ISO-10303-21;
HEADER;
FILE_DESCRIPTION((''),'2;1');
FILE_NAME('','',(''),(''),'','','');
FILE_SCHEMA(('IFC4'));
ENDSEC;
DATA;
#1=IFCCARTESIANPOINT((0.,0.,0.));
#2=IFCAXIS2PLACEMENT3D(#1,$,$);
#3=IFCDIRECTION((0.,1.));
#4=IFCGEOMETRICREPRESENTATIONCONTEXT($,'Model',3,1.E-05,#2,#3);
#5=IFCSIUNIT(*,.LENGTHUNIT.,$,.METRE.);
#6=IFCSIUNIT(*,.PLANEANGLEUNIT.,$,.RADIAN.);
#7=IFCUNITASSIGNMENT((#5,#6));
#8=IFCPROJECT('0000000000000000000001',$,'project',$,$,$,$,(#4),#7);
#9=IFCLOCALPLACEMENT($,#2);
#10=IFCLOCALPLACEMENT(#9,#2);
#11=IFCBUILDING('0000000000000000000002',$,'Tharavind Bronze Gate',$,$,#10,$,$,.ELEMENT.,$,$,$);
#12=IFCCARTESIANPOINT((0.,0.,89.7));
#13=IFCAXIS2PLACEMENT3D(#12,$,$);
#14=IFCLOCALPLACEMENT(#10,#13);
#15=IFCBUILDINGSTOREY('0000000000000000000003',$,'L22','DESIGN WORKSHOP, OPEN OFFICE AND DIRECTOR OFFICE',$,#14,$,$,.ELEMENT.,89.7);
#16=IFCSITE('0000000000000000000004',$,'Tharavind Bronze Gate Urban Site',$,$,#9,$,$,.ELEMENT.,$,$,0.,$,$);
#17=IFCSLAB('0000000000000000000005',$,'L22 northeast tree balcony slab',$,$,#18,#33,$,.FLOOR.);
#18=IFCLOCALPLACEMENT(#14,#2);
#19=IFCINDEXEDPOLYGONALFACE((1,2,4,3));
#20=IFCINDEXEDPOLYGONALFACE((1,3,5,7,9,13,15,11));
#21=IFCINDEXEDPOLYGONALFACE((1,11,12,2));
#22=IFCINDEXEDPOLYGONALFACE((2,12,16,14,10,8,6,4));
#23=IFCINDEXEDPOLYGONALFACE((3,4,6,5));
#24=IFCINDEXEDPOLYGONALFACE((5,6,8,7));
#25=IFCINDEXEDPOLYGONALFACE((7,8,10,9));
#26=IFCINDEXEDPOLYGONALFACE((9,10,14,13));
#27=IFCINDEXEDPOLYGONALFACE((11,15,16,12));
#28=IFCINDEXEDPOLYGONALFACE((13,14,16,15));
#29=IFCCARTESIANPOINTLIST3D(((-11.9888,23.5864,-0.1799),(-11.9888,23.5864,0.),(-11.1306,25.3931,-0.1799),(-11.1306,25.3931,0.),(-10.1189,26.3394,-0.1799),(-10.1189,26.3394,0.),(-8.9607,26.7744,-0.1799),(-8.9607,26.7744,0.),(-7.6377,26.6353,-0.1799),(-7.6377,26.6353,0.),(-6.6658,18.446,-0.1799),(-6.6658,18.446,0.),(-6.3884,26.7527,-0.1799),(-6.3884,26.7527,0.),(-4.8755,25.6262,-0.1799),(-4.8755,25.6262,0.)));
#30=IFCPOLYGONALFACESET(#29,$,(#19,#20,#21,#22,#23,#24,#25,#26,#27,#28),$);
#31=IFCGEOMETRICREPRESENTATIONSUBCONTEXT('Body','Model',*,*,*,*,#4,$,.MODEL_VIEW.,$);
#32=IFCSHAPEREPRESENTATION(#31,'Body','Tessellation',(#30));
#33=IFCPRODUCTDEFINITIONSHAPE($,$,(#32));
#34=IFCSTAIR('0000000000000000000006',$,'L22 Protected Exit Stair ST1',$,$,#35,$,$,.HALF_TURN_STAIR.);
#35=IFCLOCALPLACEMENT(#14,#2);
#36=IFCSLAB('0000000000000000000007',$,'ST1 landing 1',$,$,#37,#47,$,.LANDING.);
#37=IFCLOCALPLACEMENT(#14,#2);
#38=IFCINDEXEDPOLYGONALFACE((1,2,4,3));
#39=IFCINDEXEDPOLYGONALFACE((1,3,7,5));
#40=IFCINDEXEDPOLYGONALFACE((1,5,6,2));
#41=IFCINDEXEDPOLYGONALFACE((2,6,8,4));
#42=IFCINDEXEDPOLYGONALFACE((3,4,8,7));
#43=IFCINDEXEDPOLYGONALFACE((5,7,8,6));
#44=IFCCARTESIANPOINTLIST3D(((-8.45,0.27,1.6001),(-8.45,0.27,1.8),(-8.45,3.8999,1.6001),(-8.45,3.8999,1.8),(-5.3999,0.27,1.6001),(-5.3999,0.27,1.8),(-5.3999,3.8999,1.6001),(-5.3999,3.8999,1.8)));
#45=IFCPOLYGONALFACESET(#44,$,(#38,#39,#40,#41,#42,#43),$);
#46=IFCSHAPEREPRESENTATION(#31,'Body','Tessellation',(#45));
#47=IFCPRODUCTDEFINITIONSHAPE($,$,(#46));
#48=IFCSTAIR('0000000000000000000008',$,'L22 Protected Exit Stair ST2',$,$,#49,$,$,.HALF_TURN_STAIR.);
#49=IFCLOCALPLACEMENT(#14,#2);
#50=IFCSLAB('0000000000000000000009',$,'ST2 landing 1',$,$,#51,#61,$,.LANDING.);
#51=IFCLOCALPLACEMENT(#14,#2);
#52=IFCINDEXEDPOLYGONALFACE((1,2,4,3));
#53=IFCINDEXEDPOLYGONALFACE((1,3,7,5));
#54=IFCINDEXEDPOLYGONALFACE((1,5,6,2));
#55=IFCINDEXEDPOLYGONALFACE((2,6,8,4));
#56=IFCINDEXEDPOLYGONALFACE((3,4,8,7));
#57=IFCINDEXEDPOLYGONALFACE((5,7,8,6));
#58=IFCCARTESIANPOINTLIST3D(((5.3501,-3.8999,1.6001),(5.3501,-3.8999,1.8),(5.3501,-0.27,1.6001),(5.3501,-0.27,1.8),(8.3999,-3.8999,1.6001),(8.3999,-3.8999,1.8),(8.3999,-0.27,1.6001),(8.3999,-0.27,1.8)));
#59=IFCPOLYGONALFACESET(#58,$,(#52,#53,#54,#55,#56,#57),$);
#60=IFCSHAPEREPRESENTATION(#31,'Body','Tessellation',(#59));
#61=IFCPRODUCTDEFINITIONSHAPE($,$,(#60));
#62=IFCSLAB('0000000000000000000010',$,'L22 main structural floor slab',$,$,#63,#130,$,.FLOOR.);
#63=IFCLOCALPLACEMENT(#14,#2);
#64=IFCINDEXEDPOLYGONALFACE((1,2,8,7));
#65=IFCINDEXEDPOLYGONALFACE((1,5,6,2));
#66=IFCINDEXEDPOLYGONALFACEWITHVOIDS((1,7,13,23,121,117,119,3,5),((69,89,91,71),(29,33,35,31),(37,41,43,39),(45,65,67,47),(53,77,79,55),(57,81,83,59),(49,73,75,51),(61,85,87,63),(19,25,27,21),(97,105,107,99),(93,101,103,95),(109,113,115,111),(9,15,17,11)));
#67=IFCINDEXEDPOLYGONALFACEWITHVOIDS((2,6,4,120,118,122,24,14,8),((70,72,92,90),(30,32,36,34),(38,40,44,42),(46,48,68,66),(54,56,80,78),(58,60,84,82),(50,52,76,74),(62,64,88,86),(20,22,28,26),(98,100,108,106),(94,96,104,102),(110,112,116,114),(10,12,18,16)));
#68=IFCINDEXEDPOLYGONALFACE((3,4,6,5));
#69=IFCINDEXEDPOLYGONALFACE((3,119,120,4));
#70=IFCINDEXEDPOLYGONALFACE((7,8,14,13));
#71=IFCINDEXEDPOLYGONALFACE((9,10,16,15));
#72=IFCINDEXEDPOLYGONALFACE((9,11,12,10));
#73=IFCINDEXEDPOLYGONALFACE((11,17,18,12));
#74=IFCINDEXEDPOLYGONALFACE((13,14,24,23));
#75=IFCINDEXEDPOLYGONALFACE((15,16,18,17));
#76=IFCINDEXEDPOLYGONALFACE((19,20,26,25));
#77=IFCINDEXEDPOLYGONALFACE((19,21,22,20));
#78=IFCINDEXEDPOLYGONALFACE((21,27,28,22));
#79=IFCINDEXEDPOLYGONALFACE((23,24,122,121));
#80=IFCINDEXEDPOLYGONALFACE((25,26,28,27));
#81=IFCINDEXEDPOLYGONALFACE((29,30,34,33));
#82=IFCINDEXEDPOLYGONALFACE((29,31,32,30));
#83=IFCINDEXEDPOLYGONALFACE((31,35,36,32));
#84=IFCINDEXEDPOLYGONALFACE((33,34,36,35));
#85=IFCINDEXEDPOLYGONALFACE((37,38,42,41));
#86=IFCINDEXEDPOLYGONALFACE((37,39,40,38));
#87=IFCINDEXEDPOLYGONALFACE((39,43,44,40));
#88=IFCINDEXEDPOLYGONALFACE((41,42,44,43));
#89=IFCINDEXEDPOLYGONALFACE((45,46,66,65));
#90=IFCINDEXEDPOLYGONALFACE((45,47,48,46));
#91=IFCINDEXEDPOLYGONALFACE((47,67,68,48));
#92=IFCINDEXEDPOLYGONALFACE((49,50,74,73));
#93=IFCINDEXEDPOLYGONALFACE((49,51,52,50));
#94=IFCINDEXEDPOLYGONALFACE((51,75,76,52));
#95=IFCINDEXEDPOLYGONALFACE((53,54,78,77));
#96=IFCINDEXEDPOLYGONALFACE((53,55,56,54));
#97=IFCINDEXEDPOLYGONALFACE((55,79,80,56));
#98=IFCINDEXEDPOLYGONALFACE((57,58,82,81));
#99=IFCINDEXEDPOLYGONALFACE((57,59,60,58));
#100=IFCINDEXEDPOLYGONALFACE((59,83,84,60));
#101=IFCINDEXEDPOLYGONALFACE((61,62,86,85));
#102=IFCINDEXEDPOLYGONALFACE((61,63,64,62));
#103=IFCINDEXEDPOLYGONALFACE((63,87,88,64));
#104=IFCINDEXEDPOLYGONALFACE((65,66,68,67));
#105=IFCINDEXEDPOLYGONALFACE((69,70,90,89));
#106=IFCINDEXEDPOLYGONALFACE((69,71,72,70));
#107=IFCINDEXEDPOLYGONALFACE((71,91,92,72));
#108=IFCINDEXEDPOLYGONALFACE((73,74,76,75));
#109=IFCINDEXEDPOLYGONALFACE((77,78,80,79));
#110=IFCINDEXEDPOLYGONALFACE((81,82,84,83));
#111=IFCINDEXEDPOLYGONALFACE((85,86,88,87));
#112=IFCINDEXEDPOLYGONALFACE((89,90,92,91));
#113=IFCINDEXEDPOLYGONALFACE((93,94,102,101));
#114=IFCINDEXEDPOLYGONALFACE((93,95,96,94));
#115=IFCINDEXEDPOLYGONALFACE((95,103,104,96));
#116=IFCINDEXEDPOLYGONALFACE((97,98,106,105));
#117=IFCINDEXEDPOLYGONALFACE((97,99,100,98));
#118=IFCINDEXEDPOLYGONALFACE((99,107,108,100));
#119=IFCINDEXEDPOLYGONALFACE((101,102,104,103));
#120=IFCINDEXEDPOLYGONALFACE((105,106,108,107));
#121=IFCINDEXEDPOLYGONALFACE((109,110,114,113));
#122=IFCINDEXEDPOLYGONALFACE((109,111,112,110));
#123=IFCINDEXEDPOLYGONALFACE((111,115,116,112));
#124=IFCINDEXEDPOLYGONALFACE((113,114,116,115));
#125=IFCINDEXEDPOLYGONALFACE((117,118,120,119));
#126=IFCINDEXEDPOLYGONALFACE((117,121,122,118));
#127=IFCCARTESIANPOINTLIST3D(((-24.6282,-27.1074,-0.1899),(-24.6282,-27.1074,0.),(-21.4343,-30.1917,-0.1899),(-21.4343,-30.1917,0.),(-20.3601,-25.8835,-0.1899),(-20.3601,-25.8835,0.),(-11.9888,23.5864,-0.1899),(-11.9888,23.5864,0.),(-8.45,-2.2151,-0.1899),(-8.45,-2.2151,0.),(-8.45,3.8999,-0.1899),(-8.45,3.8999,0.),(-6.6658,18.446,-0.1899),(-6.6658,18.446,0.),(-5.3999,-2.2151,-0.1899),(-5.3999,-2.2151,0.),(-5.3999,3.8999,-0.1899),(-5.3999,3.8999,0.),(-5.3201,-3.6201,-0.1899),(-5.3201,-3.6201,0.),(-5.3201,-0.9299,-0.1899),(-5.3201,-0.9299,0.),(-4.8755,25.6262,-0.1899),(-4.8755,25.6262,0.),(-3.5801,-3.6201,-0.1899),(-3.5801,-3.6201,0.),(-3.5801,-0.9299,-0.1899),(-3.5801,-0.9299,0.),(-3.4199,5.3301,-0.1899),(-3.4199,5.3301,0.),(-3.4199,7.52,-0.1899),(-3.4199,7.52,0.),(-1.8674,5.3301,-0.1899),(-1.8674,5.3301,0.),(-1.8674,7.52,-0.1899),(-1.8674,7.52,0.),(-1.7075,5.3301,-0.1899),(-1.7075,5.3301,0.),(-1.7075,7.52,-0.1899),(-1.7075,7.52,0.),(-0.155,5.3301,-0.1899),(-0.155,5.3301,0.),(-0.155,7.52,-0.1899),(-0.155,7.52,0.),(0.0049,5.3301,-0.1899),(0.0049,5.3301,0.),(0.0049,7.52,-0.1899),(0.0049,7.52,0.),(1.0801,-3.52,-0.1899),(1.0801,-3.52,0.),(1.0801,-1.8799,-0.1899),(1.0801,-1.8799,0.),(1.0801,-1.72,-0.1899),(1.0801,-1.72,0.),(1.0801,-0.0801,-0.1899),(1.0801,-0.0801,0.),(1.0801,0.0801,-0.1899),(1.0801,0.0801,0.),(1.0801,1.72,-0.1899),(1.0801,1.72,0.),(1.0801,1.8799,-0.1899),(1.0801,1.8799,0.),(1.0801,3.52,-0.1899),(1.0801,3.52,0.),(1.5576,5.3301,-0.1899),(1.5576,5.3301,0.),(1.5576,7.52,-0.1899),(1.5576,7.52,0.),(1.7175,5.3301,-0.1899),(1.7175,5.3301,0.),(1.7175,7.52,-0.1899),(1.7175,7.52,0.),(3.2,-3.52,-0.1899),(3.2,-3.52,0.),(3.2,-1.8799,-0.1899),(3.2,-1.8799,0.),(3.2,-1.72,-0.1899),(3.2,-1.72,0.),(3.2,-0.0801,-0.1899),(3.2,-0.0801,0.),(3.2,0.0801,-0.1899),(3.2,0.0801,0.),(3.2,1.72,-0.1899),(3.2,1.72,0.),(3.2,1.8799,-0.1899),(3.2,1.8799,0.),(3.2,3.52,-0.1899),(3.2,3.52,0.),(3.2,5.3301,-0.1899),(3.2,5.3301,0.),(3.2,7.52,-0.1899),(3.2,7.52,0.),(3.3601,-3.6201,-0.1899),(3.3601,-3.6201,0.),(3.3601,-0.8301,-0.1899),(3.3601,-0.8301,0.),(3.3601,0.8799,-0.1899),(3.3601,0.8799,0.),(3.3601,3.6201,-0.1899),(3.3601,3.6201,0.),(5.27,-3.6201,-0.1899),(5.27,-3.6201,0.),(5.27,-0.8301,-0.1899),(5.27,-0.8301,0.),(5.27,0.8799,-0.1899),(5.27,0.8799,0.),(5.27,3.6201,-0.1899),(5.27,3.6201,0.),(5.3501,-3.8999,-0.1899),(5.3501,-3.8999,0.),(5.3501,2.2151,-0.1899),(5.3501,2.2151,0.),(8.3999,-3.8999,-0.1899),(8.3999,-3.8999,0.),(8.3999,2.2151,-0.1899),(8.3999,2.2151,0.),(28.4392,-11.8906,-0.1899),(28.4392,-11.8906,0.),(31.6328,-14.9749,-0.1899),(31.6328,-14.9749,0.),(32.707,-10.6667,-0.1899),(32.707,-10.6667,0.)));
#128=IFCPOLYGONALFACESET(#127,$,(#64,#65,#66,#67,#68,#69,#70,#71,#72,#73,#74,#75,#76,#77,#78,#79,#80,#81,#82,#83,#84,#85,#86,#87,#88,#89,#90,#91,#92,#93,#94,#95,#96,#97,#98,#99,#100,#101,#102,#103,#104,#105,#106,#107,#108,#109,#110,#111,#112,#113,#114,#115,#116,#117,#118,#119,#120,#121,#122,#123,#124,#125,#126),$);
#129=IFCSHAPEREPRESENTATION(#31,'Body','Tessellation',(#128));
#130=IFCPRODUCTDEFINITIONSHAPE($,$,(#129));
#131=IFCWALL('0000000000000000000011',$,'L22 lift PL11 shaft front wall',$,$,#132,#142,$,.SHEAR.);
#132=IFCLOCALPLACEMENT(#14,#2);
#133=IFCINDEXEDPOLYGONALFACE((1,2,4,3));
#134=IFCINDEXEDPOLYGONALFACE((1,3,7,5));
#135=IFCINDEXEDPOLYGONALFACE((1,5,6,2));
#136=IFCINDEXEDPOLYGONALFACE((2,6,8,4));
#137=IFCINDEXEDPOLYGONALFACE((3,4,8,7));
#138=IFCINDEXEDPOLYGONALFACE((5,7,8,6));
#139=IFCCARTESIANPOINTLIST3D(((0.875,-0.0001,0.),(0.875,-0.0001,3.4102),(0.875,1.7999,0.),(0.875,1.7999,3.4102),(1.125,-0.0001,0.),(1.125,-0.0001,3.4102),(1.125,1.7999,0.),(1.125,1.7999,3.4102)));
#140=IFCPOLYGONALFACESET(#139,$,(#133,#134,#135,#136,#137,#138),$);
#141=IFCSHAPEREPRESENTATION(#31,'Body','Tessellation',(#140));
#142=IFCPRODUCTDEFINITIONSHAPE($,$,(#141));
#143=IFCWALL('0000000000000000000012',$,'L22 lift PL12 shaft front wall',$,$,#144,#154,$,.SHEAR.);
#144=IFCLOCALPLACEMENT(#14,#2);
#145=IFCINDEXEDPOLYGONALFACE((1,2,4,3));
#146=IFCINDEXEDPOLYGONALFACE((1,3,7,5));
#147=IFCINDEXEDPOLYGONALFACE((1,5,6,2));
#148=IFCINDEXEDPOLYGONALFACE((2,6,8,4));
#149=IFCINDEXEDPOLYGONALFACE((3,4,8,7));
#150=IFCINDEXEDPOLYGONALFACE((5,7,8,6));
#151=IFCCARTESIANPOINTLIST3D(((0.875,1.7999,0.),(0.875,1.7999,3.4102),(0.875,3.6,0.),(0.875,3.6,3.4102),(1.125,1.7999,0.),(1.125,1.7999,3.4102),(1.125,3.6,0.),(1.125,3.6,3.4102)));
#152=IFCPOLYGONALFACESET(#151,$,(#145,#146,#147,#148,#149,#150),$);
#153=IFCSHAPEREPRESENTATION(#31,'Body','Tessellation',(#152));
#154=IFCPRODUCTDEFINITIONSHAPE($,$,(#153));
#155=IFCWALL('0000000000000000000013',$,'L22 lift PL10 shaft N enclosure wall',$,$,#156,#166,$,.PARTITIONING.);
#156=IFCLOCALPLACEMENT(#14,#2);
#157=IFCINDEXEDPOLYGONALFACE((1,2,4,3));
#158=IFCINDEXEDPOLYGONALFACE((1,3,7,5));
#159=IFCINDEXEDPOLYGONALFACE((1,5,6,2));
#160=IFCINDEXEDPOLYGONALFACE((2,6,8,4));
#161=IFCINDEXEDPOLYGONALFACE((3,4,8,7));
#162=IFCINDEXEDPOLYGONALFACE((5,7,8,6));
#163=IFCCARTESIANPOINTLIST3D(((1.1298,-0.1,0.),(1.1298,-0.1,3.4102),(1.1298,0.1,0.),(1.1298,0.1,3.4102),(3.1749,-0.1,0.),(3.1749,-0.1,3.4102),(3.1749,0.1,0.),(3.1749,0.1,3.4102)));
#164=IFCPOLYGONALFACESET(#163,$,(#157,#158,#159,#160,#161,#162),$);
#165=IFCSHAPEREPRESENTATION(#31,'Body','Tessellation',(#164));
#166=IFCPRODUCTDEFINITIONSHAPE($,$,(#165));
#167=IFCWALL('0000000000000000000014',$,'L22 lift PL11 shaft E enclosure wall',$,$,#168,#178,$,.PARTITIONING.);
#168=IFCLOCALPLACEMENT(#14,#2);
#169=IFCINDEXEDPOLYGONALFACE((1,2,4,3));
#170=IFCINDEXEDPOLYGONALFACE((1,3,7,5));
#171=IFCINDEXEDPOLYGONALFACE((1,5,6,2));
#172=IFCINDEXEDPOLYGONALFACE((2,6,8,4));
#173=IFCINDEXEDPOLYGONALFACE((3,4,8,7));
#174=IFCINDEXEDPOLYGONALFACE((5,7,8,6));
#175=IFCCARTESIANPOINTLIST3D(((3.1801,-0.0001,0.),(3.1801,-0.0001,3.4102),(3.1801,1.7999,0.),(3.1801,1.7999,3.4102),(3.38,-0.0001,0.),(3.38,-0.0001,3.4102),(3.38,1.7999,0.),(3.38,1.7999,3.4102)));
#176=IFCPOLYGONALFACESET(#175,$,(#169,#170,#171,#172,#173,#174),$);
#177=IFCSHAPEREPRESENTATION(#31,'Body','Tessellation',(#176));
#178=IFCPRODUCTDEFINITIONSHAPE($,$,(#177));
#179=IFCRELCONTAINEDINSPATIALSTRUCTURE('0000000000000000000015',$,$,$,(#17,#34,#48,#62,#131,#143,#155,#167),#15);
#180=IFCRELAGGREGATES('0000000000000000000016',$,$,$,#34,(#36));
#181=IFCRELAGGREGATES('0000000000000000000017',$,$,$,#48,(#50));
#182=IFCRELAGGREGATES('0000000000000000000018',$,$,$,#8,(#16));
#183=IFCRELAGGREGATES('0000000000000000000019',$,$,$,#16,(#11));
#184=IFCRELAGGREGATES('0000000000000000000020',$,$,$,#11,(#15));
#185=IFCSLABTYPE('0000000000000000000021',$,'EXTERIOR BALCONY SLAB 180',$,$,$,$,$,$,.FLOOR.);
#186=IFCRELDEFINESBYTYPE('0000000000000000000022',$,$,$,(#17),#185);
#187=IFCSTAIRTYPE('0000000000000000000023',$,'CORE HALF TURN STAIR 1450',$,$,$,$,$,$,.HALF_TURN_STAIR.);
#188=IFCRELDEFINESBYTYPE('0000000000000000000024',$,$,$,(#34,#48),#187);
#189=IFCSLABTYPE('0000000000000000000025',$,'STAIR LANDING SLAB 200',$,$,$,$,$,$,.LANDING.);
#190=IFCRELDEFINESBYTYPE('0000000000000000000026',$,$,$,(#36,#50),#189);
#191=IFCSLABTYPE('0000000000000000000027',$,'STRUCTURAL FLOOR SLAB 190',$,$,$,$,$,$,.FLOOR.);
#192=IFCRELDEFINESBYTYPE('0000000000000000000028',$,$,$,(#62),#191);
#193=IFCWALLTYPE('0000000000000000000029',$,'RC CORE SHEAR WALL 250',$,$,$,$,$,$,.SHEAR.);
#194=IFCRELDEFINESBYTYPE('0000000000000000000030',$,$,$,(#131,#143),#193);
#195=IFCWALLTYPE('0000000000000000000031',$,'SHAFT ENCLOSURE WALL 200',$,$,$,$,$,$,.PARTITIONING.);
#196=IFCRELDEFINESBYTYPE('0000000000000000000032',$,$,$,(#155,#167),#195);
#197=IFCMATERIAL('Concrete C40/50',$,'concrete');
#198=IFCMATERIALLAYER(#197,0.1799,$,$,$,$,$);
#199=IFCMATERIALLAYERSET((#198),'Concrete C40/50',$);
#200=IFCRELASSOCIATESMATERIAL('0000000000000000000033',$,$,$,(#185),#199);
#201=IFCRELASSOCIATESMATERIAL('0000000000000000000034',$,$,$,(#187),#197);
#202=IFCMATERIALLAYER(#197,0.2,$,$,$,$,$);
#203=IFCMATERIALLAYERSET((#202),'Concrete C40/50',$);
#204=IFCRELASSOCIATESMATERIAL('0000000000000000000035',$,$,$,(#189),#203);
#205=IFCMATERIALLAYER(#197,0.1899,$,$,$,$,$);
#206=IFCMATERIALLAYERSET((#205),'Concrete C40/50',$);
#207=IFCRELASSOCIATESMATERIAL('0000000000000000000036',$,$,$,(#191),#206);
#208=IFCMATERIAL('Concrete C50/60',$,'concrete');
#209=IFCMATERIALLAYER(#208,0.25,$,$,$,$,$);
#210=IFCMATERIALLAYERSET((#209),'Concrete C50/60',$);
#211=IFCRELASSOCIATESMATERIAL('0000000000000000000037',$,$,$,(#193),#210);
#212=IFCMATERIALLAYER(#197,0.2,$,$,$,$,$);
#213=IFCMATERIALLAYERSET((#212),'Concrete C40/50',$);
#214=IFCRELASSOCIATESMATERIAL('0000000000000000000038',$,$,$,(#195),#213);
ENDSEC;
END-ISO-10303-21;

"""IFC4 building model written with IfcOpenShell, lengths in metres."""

from ifc_helpers import new_model, si_unit, direction, frame, frame_2d, origin, place, context, subcontext, project, spatial, polyline, rectangle, outline, extrude, material, layer, layer_set, type_object, element, aggregate, save


model = new_model("IFC4")

# Units and contexts
model_context = context("Model", 3, precision=1e-05, world=origin(), true_north=direction((0.0, 1.0)))
body_context = subcontext(model_context, "Body", "Model", "MODEL_VIEW")
ifc_project = project(units=[si_unit("LENGTHUNIT", "METRE"), si_unit("PLANEANGLEUNIT", "RADIAN")], contexts=[model_context])

# Site, building, storey
site_placement = place(None, origin())
site = spatial("IfcSite", under=ifc_project, at=site_placement, Name="Tharavind Bronze Gate Urban Site", CompositionType="ELEMENT", RefElevation=0.0)
building_placement = place(site_placement, origin())
building = spatial("IfcBuilding", under=site, at=building_placement, Name="Tharavind Bronze Gate", CompositionType="ELEMENT")
storey_placement = place(building_placement, frame((0.0, 0.0, 89.7)))
storey = spatial("IfcBuildingStorey", under=building, at=storey_placement, Name="L22", Description="DESIGN WORKSHOP, OPEN OFFICE AND DIRECTOR OFFICE", CompositionType="ELEMENT", Elevation=89.7)

# Slab
ifc_material_1 = material(Name="Concrete C40/50", Category="concrete")
ifc_layer_1 = layer(ifc_material_1, 0.1799)
ifc_layer_set_1 = layer_set([ifc_layer_1], Name="Concrete C40/50")
slab_type_1 = type_object("IfcSlabType", Name="EXTERIOR BALCONY SLAB 180", PredefinedType="FLOOR", material=ifc_layer_set_1)
slab_1_placement = place(storey_placement, frame((0.0, 0.0, -0.1799)))
element("IfcSlab", 1, at=slab_1_placement, inside=storey, type_object=slab_type_1, Name="L22 northeast tree balcony slab", PredefinedType="FLOOR", context=body_context, shape_type="SweptSolid", body=[
    extrude(outline(polyline([(-6.3884, 26.7527), (-7.6377, 26.6353), (-8.9607, 26.7744), (-10.1189, 26.3394), (-11.1306, 25.3931), (-11.9888, 23.5864), (-6.6658, 18.446), (-4.8755, 25.6262), (-6.3884, 26.7527)])), origin(), (0.0, 0.0, 1.0), 0.1799),
])

# Stairs, slabs
stair_type = type_object("IfcStairType", Name="CORE HALF TURN STAIR 1450", PredefinedType="HALF_TURN_STAIR", material=ifc_material_1)
stair_1_placement = place(storey_placement, origin())
stair_1 = element("IfcStair", 2, at=stair_1_placement, inside=storey, type_object=stair_type, Name="L22 Protected Exit Stair ST1", PredefinedType="HALF_TURN_STAIR")
ifc_layer_2 = layer(ifc_material_1, 0.2)
ifc_layer_set_2 = layer_set([ifc_layer_2], Name="Concrete C40/50")
slab_type_2 = type_object("IfcSlabType", Name="STAIR LANDING SLAB 200", PredefinedType="LANDING", material=ifc_layer_set_2)
slab_2_placement = place(storey_placement, frame((0.0, 0.0, 1.6001)))
slab_2 = element("IfcSlab", 3, at=slab_2_placement, type_object=slab_type_2, Name="ST1 landing 1", PredefinedType="LANDING", context=body_context, shape_type="SweptSolid", body=[
    extrude(outline(polyline([(-5.3999, 0.27), (-5.3999, 3.8999), (-8.45, 3.8999), (-8.45, 0.27), (-5.3999, 0.27)])), origin(), (0.0, 0.0, 1.0), 0.2),
])
aggregate(stair_1, [slab_2])
stair_2_placement = place(storey_placement, origin())
stair_2 = element("IfcStair", 4, at=stair_2_placement, inside=storey, type_object=stair_type, Name="L22 Protected Exit Stair ST2", PredefinedType="HALF_TURN_STAIR")
slab_3_placement = place(storey_placement, frame((0.0, 0.0, 1.6001)))
slab_3 = element("IfcSlab", 5, at=slab_3_placement, type_object=slab_type_2, Name="ST2 landing 1", PredefinedType="LANDING", context=body_context, shape_type="SweptSolid", body=[
    extrude(outline(polyline([(5.3501, -0.27), (5.3501, -3.8999), (8.3999, -3.8999), (8.3999, -0.27), (5.3501, -0.27)])), origin(), (0.0, 0.0, 1.0), 0.2),
])
aggregate(stair_2, [slab_3])

# Slab
ifc_layer_3 = layer(ifc_material_1, 0.1899)
ifc_layer_set_3 = layer_set([ifc_layer_3], Name="Concrete C40/50")
slab_type_3 = type_object("IfcSlabType", Name="STRUCTURAL FLOOR SLAB 190", PredefinedType="FLOOR", material=ifc_layer_set_3)
slab_4_placement = place(storey_placement, frame((0.0, 0.0, -0.1899)))
element("IfcSlab", 6, at=slab_4_placement, inside=storey, type_object=slab_type_3, Name="L22 main structural floor slab", PredefinedType="FLOOR", context=body_context, shape_type="SweptSolid", body=[
    extrude(outline(polyline([(-4.8755, 25.6262), (-6.6658, 18.446), (-11.9888, 23.5864), (-24.6282, -27.1074), (-20.3601, -25.8835), (-21.4343, -30.1917), (31.6328, -14.9749), (28.4392, -11.8906), (32.707, -10.6667), (-4.8755, 25.6262)]), holes=[polyline([(-5.3999, -2.2151), (-5.3999, 3.8999), (-8.45, 3.8999), (-8.45, -2.2151), (-5.3999, -2.2151)]), polyline([(5.3501, 2.2151), (5.3501, -3.8999), (8.3999, -3.8999), (8.3999, 2.2151), (5.3501, 2.2151)]), polyline([(-3.4199, 5.3301), (-1.8674, 5.3301), (-1.8674, 7.52), (-3.4199, 7.52), (-3.4199, 5.3301)]), polyline([(-1.7075, 5.3301), (-0.155, 5.3301), (-0.155, 7.52), (-1.7075, 7.52), (-1.7075, 5.3301)]), polyline([(0.0049, 5.3301), (1.5576, 5.3301), (1.5576, 7.52), (0.0049, 7.52), (0.0049, 5.3301)]), polyline([(1.7175, 5.3301), (3.2, 5.3301), (3.2, 7.52), (1.7175, 7.52), (1.7175, 5.3301)]), polyline([(1.0801, -3.52), (3.2, -3.52), (3.2, -1.8799), (1.0801, -1.8799), (1.0801, -3.52)]), polyline([(1.0801, -1.72), (3.2, -1.72), (3.2, -0.0801), (1.0801, -0.0801), (1.0801, -1.72)]), polyline([(1.0801, 0.0801), (3.2, 0.0801), (3.2, 1.72), (1.0801, 1.72), (1.0801, 0.0801)]), polyline([(1.0801, 1.8799), (3.2, 1.8799), (3.2, 3.52), (1.0801, 3.52), (1.0801, 1.8799)]), polyline([(-5.3201, -3.6201), (-3.5801, -3.6201), (-3.5801, -0.9299), (-5.3201, -0.9299), (-5.3201, -3.6201)]), polyline([(3.3601, 0.8799), (5.27, 0.8799), (5.27, 3.6201), (3.3601, 3.6201), (3.3601, 0.8799)]), polyline([(3.3601, -3.6201), (5.27, -3.6201), (5.27, -0.8301), (3.3601, -0.8301), (3.3601, -3.6201)])]), origin(), (0.0, 0.0, 1.0), 0.1899),
])

# Walls
ifc_material_2 = material(Name="Concrete C50/60", Category="concrete")
ifc_layer_4 = layer(ifc_material_2, 0.25)
ifc_layer_set_4 = layer_set([ifc_layer_4], Name="Concrete C50/60")
wall_type_1 = type_object("IfcWallType", Name="RC CORE SHEAR WALL 250", PredefinedType="SHEAR", material=ifc_layer_set_4)
for number, where, z_axis, x_axis, name in (
    (7, (1.0, 0.0, 0.0), (0.0, 0.0, 1.0), (0.0, 1.0, 0.0), "L22 lift PL11 shaft front wall"),
    (8, (1.0, 1.8, 0.0), (0.0, 0.0, 1.0), (0.0, 1.0, 0.0), "L22 lift PL12 shaft front wall"),
):
    element("IfcWall", number, at=place(storey_placement, frame(where, z_axis=z_axis, x_axis=x_axis)), inside=storey, type_object=wall_type_1, Name=name, PredefinedType="SHEAR", context=body_context, shape_type="SweptSolid", body=[
        extrude(rectangle(XDim=1.8, YDim=0.25, at=frame_2d((0.8999, 0.0))), origin(), (0.0, 0.0, 1.0), 3.4102),
    ])
ifc_layer_5 = layer(ifc_material_1, 0.2)
ifc_layer_set_5 = layer_set([ifc_layer_5], Name="Concrete C40/50")
wall_type_2 = type_object("IfcWallType", Name="SHAFT ENCLOSURE WALL 200", PredefinedType="PARTITIONING", material=ifc_layer_set_5)
wall_1_placement = place(storey_placement, frame((1.1299, 0.0, 0.0), z_axis=(0.0, 0.0, 1.0), x_axis=(1.0, 0.0, 0.0)))
element("IfcWall", 9, at=wall_1_placement, inside=storey, type_object=wall_type_2, Name="L22 lift PL10 shaft N enclosure wall", PredefinedType="PARTITIONING", context=body_context, shape_type="SweptSolid", body=[
    extrude(rectangle(XDim=2.0452, YDim=0.2, at=frame_2d((1.0225, 0.0))), origin(), (0.0, 0.0, 1.0), 3.4102),
])
wall_2_placement = place(storey_placement, frame((3.28, 0.0, 0.0), z_axis=(0.0, 0.0, 1.0), x_axis=(0.0, 1.0, 0.0)))
element("IfcWall", 10, at=wall_2_placement, inside=storey, type_object=wall_type_2, Name="L22 lift PL11 shaft E enclosure wall", PredefinedType="PARTITIONING", context=body_context, shape_type="SweptSolid", body=[
    extrude(rectangle(XDim=1.8, YDim=0.2, at=frame_2d((0.8999, 0.0))), origin(), (0.0, 0.0, 1.0), 3.4102),
])

save(model, "model.ifc")
